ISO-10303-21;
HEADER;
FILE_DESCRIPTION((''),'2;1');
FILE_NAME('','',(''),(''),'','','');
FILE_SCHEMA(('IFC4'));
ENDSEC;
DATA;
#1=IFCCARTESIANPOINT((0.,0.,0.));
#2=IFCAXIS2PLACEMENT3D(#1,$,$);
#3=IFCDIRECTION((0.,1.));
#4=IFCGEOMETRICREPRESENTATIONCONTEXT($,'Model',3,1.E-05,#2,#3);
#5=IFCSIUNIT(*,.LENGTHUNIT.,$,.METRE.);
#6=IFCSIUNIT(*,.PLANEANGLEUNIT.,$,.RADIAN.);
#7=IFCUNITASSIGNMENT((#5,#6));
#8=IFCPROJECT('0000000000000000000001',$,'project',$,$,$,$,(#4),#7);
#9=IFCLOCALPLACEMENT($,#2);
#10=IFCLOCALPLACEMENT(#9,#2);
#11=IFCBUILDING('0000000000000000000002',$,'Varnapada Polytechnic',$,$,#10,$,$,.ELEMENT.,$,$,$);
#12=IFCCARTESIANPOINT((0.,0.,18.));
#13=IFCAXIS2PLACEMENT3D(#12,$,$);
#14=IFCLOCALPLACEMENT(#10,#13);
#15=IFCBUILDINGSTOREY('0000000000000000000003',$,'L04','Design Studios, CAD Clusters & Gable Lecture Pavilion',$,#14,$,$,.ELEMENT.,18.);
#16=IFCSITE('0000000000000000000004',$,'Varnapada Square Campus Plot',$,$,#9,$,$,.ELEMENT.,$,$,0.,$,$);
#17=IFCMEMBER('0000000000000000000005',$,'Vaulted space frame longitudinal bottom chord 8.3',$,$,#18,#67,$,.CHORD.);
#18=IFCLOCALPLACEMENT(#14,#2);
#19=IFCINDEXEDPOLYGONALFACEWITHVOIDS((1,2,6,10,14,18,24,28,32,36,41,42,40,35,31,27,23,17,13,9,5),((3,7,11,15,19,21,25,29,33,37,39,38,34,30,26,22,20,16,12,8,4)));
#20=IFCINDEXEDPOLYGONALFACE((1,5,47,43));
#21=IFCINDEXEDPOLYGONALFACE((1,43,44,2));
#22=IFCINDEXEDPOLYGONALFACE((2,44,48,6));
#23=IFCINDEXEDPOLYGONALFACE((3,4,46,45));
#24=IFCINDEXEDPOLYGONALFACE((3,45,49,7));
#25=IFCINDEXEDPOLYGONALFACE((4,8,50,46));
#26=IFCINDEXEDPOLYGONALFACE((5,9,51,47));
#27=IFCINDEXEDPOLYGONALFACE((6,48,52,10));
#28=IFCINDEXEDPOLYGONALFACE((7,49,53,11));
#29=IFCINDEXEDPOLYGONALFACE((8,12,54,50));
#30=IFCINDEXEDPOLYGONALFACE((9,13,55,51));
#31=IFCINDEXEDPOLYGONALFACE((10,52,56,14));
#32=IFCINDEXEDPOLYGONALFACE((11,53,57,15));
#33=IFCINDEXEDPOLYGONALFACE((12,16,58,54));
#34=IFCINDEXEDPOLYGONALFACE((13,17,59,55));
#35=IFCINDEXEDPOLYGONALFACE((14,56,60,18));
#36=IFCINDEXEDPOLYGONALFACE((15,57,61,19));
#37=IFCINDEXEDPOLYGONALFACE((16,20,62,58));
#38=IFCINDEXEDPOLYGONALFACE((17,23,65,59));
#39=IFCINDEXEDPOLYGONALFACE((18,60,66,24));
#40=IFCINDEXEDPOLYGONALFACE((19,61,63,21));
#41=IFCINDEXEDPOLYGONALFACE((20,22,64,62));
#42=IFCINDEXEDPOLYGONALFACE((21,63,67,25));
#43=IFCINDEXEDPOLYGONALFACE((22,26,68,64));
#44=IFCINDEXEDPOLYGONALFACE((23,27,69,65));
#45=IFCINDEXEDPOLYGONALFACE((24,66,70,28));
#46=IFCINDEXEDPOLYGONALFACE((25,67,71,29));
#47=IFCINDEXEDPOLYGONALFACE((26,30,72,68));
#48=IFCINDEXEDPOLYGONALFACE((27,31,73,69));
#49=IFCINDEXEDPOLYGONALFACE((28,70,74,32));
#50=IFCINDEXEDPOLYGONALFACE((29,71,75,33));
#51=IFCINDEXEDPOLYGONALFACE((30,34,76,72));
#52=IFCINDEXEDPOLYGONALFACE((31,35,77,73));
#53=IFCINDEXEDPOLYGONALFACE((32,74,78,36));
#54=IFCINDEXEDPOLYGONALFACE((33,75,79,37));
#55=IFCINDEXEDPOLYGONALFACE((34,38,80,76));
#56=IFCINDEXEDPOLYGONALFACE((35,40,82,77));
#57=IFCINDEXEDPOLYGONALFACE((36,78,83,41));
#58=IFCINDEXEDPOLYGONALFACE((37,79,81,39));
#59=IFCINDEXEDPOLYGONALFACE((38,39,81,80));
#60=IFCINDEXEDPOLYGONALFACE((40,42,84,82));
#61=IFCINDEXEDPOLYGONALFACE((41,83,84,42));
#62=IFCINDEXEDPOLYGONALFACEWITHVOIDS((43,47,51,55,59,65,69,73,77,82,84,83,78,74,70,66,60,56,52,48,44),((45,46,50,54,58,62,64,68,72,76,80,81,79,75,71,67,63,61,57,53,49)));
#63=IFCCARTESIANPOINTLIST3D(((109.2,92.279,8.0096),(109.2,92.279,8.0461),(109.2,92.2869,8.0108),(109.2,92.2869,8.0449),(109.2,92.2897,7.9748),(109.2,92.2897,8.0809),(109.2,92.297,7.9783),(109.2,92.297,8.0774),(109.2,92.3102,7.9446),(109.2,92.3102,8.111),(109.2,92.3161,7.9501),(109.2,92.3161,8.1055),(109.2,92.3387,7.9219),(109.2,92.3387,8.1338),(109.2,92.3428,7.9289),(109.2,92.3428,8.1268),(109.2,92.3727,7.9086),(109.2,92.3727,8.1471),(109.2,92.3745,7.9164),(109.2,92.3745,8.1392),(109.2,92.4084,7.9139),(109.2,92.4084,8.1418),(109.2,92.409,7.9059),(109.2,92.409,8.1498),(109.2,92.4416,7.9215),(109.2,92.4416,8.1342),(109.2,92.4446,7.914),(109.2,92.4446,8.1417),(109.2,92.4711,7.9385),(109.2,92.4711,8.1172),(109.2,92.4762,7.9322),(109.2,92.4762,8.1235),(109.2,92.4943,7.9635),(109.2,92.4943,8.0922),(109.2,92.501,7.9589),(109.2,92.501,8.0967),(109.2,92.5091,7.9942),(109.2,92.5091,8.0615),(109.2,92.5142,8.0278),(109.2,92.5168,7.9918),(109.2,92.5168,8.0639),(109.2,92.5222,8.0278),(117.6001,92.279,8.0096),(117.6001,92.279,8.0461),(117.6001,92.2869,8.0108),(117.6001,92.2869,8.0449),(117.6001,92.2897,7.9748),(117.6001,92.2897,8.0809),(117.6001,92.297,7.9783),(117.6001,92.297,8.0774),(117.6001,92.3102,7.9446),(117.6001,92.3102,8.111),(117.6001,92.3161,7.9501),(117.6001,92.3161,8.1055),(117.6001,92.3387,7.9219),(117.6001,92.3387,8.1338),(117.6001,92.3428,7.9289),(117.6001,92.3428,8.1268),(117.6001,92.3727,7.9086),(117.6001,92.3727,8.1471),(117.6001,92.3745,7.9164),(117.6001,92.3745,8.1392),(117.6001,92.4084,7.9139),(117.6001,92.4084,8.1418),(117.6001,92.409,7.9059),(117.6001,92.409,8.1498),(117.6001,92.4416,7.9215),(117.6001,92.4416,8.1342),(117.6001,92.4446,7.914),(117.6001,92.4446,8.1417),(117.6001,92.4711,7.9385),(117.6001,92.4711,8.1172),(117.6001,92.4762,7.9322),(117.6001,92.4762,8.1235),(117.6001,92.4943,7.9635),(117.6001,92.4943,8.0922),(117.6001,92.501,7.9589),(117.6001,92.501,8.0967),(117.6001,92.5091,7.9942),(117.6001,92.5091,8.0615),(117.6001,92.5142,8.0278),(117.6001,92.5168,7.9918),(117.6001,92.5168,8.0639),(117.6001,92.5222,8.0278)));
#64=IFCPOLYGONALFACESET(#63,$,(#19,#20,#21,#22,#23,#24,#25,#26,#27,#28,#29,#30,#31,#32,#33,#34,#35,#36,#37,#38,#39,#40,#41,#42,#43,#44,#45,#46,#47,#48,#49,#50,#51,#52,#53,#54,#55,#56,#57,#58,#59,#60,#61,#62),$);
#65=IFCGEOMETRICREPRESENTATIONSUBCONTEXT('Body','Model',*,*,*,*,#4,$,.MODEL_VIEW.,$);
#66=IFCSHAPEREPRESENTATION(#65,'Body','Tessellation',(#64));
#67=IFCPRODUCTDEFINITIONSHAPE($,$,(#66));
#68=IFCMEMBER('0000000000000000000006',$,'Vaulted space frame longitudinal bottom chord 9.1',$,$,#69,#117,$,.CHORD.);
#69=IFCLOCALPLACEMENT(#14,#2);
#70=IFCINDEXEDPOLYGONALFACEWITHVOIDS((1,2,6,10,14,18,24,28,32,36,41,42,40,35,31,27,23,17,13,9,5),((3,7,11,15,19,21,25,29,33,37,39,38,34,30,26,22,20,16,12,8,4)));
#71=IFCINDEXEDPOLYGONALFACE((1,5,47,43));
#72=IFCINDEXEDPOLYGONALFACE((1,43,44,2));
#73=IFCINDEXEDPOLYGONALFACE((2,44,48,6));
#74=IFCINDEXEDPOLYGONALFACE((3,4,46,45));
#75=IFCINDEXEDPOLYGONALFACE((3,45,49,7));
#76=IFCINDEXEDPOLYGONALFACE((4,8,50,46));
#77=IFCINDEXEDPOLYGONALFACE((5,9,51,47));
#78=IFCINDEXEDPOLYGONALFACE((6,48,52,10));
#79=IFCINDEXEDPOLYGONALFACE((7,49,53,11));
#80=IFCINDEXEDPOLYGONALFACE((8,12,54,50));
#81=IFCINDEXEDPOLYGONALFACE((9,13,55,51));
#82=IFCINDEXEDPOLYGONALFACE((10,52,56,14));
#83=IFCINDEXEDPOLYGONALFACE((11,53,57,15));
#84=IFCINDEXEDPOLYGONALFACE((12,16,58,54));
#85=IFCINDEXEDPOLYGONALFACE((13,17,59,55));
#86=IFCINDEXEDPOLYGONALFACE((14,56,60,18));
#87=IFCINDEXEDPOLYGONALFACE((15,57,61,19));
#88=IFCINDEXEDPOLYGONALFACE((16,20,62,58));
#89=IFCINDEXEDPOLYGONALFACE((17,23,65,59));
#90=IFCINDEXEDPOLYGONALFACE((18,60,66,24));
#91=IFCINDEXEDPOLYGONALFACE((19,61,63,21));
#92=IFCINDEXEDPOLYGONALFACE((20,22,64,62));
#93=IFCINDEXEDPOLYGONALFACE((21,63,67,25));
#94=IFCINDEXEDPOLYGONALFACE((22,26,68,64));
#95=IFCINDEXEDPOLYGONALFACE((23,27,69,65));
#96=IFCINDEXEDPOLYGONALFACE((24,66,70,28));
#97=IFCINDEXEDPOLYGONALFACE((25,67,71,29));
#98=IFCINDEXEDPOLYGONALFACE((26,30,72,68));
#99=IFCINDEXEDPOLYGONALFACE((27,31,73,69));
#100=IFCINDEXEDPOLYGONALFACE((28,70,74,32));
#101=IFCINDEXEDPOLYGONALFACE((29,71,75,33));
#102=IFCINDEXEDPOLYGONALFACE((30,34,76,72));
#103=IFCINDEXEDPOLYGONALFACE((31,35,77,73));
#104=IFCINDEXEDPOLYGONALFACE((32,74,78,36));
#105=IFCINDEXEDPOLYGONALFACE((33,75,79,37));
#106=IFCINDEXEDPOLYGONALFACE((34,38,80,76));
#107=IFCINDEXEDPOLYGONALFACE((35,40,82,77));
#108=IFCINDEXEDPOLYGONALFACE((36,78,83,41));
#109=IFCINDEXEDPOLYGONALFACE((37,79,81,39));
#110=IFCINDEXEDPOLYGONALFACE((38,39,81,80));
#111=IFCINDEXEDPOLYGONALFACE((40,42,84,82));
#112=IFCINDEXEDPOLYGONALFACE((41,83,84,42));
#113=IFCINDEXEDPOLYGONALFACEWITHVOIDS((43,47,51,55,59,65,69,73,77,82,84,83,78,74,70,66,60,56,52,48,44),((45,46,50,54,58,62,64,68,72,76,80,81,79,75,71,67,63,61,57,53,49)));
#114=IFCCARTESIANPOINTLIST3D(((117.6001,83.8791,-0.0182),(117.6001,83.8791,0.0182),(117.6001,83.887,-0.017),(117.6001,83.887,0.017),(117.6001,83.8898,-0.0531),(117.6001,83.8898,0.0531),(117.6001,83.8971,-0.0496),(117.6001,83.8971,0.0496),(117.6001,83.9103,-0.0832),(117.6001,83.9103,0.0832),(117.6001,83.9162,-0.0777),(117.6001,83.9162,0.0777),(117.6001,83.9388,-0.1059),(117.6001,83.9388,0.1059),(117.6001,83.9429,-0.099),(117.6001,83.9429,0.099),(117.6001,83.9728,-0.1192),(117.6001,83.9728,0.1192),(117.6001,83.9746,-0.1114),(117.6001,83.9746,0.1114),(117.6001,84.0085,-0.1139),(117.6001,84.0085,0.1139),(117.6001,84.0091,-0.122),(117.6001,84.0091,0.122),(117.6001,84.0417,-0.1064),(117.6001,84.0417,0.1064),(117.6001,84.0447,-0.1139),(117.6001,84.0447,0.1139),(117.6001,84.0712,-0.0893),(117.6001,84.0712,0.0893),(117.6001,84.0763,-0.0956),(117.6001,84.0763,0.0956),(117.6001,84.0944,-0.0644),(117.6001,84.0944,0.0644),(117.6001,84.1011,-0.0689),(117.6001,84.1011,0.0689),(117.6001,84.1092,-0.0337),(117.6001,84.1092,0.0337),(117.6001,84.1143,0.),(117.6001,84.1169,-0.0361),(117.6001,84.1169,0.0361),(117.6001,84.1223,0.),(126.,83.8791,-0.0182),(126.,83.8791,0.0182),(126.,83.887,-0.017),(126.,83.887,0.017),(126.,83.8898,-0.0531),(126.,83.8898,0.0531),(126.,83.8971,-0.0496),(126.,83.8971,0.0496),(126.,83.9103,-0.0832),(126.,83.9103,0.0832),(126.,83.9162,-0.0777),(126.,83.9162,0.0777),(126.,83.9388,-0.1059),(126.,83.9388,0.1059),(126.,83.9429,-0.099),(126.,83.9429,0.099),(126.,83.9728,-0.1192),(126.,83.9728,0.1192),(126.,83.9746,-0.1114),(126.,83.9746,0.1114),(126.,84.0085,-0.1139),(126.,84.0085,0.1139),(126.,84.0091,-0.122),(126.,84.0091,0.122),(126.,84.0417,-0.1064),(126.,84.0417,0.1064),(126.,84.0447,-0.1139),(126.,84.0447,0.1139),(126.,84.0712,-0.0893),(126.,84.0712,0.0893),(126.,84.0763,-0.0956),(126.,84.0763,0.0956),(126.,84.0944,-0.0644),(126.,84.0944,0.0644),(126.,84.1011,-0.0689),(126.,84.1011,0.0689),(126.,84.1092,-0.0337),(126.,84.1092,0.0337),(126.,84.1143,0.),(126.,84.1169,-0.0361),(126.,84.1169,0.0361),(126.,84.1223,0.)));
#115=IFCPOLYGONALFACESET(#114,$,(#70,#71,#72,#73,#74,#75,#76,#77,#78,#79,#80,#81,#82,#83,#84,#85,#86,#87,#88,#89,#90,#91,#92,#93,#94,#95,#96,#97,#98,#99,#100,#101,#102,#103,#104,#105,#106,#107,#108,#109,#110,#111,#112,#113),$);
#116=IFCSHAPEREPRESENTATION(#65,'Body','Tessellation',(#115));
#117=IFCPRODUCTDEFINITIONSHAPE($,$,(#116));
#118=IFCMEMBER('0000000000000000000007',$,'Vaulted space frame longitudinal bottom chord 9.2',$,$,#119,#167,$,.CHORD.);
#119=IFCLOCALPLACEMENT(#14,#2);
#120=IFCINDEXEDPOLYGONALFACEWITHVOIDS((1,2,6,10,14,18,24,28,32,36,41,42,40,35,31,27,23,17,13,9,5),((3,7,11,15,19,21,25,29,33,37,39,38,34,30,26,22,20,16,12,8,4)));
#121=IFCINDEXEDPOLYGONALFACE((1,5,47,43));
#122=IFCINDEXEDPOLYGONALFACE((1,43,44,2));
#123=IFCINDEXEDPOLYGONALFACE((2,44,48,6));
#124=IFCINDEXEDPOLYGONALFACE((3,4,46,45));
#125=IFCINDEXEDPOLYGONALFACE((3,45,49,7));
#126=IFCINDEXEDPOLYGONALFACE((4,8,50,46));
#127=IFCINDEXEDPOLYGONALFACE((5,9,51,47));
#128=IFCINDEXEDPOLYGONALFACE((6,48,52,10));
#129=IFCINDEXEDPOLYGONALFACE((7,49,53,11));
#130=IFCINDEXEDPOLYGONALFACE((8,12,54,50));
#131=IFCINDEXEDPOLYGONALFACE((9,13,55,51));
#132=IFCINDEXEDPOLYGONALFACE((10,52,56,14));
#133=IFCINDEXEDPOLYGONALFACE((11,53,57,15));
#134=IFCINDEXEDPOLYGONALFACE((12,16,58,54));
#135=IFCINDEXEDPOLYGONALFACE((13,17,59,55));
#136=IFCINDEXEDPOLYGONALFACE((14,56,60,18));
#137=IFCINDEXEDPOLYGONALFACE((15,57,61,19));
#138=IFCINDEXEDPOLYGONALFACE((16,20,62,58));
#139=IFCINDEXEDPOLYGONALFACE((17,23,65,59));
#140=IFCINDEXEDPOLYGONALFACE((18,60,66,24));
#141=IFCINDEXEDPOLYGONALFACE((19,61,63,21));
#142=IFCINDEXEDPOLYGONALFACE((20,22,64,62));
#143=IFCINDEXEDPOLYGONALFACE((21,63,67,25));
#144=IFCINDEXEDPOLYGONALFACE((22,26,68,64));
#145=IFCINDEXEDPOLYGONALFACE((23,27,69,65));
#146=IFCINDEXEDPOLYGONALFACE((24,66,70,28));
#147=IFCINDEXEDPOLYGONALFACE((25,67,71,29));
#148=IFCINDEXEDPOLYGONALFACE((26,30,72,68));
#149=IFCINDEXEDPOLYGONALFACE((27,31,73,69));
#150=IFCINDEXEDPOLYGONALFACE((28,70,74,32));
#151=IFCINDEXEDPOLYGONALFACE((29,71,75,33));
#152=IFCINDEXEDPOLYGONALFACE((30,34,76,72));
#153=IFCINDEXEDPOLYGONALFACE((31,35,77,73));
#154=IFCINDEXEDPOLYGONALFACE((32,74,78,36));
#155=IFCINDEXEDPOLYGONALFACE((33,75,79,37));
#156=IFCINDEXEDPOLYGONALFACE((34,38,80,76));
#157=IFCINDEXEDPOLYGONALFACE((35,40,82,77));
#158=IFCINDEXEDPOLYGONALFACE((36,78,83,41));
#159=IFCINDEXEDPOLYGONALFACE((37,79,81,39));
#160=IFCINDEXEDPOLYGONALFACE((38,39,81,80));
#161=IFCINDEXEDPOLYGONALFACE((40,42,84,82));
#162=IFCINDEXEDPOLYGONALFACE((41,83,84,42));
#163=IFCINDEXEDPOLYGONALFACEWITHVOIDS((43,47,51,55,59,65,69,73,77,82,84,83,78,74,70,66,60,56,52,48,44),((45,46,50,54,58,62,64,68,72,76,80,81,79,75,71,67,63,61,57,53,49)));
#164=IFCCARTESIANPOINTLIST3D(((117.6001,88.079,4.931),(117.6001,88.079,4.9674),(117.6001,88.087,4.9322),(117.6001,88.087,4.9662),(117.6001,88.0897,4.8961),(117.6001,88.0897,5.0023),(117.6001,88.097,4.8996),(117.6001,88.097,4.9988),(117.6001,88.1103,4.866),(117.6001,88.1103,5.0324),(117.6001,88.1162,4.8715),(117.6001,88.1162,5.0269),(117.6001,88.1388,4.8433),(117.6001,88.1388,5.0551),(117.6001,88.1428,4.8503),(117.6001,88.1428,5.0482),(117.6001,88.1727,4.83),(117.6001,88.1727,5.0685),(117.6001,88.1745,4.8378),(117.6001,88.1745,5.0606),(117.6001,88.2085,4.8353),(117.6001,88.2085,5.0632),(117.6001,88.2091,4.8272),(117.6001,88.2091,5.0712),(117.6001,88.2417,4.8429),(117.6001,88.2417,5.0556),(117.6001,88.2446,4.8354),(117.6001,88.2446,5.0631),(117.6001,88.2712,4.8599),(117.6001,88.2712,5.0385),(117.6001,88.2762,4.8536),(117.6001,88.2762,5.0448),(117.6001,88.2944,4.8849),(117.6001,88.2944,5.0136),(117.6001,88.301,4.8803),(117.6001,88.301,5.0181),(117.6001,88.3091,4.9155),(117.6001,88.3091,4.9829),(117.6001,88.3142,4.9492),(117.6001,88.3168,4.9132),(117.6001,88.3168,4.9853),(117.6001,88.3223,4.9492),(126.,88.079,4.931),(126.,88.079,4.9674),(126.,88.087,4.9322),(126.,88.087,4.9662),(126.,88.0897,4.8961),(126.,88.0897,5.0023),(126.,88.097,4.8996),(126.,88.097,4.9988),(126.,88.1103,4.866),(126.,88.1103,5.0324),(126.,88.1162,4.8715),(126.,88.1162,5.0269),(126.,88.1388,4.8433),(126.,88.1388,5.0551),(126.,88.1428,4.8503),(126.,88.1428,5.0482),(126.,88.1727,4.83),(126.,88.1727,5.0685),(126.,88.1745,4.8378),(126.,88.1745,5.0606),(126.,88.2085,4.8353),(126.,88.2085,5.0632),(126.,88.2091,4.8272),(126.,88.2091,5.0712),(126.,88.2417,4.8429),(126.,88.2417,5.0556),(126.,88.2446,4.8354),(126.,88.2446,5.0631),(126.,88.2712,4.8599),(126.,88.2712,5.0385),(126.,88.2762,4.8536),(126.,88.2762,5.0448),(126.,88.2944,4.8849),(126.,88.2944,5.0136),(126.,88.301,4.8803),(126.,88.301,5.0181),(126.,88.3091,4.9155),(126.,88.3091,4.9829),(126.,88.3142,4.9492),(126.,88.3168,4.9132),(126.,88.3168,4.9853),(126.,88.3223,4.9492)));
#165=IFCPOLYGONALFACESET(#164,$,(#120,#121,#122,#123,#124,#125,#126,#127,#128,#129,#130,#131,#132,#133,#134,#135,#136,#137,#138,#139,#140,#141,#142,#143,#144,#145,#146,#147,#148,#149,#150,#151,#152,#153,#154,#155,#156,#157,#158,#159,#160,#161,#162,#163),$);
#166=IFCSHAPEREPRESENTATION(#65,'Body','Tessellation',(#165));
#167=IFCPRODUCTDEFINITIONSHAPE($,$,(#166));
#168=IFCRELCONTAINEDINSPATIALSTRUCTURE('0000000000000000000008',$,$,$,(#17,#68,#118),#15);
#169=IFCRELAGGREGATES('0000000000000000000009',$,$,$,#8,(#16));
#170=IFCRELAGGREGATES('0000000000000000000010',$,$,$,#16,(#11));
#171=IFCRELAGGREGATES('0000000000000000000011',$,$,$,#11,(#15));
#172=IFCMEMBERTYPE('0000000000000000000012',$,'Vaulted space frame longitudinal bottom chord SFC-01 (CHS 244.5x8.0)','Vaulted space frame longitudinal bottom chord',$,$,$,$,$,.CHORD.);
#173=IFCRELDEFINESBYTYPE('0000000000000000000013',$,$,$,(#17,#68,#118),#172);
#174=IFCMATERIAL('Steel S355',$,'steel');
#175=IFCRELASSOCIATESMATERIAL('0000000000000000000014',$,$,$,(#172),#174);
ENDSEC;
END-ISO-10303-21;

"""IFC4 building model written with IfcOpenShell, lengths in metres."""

from ifc_helpers import new_model, si_unit, direction, frame, origin, origin_2d, place, context, subcontext, project, spatial, hollow_circle, extrude, material, material_profile, profile_set, type_object, element, save


model = new_model("IFC4")

# Units and contexts
model_context = context("Model", 3, precision=1e-05, world=origin(), true_north=direction((0.0, 1.0)))
body_context = subcontext(model_context, "Body", "Model", "MODEL_VIEW")
ifc_project = project(units=[si_unit("LENGTHUNIT", "METRE"), si_unit("PLANEANGLEUNIT", "RADIAN")], contexts=[model_context])

# Site, building, storey
site_placement = place(None, origin())
site = spatial("IfcSite", under=ifc_project, at=site_placement, Name="Varnapada Square Campus Plot", CompositionType="ELEMENT", RefElevation=0.0)
building_placement = place(site_placement, origin())
building = spatial("IfcBuilding", under=site, at=building_placement, Name="Varnapada Polytechnic", CompositionType="ELEMENT")
storey_placement = place(building_placement, frame((0.0, 0.0, 18.0)))
storey = spatial("IfcBuildingStorey", under=building, at=storey_placement, Name="L04", Description="Design Studios, CAD Clusters & Gable Lecture Pavilion", CompositionType="ELEMENT", Elevation=18.0)

# Members
ifc_material = material(Name="Steel S355", Category="steel")
ifc_material_profile_1 = material_profile(ifc_material, hollow_circle(Radius=0.1223, WallThickness=0.0081, at=origin_2d()), Name="CHS 244.5x8.0")
ifc_profile_set_1 = profile_set([ifc_material_profile_1], Name="Steel S355")
member_type_1 = type_object("IfcMemberType", Name="Vaulted space frame longitudinal bottom chord SFC-01 (CHS 244.5x8.0)", Description="Vaulted space frame longitudinal bottom chord", PredefinedType="CHORD", material=ifc_profile_set_1)
member_1_placement = place(storey_placement, frame((109.2, 92.3999, 8.0278), z_axis=(1.0, 0.0, 0.0), x_axis=(0.0, 1.0, 0.0)))
element("IfcMember", 1, at=member_1_placement, inside=storey, type_object=member_type_1, Name="Vaulted space frame longitudinal bottom chord 8.3", PredefinedType="CHORD", context=body_context, shape_type="SweptSolid", body=[
    extrude(hollow_circle(Radius=0.1223, WallThickness=0.0081, at=origin_2d()), origin(), (0.0, 0.0, 1.0), 8.4001),
])
for number, where, z_axis, x_axis, name in (
    (2, (117.6001, 84.0, 0.0), (1.0, 0.0, 0.0), (0.0, 1.0, 0.0), "Vaulted space frame longitudinal bottom chord 9.1"),
    (3, (117.6001, 88.2, 4.9492), (1.0, 0.0, 0.0), (0.0, 1.0, 0.0), "Vaulted space frame longitudinal bottom chord 9.2"),
):
    element("IfcMember", number, at=place(storey_placement, frame(where, z_axis=z_axis, x_axis=x_axis)), inside=storey, type_object=member_type_1, Name=name, PredefinedType="CHORD", context=body_context, shape_type="SweptSolid", body=[
        extrude(hollow_circle(Radius=0.1223, WallThickness=0.0081, at=origin_2d()), origin(), (0.0, 0.0, 1.0), 8.3999),
    ])

save(model, "model.ifc")
